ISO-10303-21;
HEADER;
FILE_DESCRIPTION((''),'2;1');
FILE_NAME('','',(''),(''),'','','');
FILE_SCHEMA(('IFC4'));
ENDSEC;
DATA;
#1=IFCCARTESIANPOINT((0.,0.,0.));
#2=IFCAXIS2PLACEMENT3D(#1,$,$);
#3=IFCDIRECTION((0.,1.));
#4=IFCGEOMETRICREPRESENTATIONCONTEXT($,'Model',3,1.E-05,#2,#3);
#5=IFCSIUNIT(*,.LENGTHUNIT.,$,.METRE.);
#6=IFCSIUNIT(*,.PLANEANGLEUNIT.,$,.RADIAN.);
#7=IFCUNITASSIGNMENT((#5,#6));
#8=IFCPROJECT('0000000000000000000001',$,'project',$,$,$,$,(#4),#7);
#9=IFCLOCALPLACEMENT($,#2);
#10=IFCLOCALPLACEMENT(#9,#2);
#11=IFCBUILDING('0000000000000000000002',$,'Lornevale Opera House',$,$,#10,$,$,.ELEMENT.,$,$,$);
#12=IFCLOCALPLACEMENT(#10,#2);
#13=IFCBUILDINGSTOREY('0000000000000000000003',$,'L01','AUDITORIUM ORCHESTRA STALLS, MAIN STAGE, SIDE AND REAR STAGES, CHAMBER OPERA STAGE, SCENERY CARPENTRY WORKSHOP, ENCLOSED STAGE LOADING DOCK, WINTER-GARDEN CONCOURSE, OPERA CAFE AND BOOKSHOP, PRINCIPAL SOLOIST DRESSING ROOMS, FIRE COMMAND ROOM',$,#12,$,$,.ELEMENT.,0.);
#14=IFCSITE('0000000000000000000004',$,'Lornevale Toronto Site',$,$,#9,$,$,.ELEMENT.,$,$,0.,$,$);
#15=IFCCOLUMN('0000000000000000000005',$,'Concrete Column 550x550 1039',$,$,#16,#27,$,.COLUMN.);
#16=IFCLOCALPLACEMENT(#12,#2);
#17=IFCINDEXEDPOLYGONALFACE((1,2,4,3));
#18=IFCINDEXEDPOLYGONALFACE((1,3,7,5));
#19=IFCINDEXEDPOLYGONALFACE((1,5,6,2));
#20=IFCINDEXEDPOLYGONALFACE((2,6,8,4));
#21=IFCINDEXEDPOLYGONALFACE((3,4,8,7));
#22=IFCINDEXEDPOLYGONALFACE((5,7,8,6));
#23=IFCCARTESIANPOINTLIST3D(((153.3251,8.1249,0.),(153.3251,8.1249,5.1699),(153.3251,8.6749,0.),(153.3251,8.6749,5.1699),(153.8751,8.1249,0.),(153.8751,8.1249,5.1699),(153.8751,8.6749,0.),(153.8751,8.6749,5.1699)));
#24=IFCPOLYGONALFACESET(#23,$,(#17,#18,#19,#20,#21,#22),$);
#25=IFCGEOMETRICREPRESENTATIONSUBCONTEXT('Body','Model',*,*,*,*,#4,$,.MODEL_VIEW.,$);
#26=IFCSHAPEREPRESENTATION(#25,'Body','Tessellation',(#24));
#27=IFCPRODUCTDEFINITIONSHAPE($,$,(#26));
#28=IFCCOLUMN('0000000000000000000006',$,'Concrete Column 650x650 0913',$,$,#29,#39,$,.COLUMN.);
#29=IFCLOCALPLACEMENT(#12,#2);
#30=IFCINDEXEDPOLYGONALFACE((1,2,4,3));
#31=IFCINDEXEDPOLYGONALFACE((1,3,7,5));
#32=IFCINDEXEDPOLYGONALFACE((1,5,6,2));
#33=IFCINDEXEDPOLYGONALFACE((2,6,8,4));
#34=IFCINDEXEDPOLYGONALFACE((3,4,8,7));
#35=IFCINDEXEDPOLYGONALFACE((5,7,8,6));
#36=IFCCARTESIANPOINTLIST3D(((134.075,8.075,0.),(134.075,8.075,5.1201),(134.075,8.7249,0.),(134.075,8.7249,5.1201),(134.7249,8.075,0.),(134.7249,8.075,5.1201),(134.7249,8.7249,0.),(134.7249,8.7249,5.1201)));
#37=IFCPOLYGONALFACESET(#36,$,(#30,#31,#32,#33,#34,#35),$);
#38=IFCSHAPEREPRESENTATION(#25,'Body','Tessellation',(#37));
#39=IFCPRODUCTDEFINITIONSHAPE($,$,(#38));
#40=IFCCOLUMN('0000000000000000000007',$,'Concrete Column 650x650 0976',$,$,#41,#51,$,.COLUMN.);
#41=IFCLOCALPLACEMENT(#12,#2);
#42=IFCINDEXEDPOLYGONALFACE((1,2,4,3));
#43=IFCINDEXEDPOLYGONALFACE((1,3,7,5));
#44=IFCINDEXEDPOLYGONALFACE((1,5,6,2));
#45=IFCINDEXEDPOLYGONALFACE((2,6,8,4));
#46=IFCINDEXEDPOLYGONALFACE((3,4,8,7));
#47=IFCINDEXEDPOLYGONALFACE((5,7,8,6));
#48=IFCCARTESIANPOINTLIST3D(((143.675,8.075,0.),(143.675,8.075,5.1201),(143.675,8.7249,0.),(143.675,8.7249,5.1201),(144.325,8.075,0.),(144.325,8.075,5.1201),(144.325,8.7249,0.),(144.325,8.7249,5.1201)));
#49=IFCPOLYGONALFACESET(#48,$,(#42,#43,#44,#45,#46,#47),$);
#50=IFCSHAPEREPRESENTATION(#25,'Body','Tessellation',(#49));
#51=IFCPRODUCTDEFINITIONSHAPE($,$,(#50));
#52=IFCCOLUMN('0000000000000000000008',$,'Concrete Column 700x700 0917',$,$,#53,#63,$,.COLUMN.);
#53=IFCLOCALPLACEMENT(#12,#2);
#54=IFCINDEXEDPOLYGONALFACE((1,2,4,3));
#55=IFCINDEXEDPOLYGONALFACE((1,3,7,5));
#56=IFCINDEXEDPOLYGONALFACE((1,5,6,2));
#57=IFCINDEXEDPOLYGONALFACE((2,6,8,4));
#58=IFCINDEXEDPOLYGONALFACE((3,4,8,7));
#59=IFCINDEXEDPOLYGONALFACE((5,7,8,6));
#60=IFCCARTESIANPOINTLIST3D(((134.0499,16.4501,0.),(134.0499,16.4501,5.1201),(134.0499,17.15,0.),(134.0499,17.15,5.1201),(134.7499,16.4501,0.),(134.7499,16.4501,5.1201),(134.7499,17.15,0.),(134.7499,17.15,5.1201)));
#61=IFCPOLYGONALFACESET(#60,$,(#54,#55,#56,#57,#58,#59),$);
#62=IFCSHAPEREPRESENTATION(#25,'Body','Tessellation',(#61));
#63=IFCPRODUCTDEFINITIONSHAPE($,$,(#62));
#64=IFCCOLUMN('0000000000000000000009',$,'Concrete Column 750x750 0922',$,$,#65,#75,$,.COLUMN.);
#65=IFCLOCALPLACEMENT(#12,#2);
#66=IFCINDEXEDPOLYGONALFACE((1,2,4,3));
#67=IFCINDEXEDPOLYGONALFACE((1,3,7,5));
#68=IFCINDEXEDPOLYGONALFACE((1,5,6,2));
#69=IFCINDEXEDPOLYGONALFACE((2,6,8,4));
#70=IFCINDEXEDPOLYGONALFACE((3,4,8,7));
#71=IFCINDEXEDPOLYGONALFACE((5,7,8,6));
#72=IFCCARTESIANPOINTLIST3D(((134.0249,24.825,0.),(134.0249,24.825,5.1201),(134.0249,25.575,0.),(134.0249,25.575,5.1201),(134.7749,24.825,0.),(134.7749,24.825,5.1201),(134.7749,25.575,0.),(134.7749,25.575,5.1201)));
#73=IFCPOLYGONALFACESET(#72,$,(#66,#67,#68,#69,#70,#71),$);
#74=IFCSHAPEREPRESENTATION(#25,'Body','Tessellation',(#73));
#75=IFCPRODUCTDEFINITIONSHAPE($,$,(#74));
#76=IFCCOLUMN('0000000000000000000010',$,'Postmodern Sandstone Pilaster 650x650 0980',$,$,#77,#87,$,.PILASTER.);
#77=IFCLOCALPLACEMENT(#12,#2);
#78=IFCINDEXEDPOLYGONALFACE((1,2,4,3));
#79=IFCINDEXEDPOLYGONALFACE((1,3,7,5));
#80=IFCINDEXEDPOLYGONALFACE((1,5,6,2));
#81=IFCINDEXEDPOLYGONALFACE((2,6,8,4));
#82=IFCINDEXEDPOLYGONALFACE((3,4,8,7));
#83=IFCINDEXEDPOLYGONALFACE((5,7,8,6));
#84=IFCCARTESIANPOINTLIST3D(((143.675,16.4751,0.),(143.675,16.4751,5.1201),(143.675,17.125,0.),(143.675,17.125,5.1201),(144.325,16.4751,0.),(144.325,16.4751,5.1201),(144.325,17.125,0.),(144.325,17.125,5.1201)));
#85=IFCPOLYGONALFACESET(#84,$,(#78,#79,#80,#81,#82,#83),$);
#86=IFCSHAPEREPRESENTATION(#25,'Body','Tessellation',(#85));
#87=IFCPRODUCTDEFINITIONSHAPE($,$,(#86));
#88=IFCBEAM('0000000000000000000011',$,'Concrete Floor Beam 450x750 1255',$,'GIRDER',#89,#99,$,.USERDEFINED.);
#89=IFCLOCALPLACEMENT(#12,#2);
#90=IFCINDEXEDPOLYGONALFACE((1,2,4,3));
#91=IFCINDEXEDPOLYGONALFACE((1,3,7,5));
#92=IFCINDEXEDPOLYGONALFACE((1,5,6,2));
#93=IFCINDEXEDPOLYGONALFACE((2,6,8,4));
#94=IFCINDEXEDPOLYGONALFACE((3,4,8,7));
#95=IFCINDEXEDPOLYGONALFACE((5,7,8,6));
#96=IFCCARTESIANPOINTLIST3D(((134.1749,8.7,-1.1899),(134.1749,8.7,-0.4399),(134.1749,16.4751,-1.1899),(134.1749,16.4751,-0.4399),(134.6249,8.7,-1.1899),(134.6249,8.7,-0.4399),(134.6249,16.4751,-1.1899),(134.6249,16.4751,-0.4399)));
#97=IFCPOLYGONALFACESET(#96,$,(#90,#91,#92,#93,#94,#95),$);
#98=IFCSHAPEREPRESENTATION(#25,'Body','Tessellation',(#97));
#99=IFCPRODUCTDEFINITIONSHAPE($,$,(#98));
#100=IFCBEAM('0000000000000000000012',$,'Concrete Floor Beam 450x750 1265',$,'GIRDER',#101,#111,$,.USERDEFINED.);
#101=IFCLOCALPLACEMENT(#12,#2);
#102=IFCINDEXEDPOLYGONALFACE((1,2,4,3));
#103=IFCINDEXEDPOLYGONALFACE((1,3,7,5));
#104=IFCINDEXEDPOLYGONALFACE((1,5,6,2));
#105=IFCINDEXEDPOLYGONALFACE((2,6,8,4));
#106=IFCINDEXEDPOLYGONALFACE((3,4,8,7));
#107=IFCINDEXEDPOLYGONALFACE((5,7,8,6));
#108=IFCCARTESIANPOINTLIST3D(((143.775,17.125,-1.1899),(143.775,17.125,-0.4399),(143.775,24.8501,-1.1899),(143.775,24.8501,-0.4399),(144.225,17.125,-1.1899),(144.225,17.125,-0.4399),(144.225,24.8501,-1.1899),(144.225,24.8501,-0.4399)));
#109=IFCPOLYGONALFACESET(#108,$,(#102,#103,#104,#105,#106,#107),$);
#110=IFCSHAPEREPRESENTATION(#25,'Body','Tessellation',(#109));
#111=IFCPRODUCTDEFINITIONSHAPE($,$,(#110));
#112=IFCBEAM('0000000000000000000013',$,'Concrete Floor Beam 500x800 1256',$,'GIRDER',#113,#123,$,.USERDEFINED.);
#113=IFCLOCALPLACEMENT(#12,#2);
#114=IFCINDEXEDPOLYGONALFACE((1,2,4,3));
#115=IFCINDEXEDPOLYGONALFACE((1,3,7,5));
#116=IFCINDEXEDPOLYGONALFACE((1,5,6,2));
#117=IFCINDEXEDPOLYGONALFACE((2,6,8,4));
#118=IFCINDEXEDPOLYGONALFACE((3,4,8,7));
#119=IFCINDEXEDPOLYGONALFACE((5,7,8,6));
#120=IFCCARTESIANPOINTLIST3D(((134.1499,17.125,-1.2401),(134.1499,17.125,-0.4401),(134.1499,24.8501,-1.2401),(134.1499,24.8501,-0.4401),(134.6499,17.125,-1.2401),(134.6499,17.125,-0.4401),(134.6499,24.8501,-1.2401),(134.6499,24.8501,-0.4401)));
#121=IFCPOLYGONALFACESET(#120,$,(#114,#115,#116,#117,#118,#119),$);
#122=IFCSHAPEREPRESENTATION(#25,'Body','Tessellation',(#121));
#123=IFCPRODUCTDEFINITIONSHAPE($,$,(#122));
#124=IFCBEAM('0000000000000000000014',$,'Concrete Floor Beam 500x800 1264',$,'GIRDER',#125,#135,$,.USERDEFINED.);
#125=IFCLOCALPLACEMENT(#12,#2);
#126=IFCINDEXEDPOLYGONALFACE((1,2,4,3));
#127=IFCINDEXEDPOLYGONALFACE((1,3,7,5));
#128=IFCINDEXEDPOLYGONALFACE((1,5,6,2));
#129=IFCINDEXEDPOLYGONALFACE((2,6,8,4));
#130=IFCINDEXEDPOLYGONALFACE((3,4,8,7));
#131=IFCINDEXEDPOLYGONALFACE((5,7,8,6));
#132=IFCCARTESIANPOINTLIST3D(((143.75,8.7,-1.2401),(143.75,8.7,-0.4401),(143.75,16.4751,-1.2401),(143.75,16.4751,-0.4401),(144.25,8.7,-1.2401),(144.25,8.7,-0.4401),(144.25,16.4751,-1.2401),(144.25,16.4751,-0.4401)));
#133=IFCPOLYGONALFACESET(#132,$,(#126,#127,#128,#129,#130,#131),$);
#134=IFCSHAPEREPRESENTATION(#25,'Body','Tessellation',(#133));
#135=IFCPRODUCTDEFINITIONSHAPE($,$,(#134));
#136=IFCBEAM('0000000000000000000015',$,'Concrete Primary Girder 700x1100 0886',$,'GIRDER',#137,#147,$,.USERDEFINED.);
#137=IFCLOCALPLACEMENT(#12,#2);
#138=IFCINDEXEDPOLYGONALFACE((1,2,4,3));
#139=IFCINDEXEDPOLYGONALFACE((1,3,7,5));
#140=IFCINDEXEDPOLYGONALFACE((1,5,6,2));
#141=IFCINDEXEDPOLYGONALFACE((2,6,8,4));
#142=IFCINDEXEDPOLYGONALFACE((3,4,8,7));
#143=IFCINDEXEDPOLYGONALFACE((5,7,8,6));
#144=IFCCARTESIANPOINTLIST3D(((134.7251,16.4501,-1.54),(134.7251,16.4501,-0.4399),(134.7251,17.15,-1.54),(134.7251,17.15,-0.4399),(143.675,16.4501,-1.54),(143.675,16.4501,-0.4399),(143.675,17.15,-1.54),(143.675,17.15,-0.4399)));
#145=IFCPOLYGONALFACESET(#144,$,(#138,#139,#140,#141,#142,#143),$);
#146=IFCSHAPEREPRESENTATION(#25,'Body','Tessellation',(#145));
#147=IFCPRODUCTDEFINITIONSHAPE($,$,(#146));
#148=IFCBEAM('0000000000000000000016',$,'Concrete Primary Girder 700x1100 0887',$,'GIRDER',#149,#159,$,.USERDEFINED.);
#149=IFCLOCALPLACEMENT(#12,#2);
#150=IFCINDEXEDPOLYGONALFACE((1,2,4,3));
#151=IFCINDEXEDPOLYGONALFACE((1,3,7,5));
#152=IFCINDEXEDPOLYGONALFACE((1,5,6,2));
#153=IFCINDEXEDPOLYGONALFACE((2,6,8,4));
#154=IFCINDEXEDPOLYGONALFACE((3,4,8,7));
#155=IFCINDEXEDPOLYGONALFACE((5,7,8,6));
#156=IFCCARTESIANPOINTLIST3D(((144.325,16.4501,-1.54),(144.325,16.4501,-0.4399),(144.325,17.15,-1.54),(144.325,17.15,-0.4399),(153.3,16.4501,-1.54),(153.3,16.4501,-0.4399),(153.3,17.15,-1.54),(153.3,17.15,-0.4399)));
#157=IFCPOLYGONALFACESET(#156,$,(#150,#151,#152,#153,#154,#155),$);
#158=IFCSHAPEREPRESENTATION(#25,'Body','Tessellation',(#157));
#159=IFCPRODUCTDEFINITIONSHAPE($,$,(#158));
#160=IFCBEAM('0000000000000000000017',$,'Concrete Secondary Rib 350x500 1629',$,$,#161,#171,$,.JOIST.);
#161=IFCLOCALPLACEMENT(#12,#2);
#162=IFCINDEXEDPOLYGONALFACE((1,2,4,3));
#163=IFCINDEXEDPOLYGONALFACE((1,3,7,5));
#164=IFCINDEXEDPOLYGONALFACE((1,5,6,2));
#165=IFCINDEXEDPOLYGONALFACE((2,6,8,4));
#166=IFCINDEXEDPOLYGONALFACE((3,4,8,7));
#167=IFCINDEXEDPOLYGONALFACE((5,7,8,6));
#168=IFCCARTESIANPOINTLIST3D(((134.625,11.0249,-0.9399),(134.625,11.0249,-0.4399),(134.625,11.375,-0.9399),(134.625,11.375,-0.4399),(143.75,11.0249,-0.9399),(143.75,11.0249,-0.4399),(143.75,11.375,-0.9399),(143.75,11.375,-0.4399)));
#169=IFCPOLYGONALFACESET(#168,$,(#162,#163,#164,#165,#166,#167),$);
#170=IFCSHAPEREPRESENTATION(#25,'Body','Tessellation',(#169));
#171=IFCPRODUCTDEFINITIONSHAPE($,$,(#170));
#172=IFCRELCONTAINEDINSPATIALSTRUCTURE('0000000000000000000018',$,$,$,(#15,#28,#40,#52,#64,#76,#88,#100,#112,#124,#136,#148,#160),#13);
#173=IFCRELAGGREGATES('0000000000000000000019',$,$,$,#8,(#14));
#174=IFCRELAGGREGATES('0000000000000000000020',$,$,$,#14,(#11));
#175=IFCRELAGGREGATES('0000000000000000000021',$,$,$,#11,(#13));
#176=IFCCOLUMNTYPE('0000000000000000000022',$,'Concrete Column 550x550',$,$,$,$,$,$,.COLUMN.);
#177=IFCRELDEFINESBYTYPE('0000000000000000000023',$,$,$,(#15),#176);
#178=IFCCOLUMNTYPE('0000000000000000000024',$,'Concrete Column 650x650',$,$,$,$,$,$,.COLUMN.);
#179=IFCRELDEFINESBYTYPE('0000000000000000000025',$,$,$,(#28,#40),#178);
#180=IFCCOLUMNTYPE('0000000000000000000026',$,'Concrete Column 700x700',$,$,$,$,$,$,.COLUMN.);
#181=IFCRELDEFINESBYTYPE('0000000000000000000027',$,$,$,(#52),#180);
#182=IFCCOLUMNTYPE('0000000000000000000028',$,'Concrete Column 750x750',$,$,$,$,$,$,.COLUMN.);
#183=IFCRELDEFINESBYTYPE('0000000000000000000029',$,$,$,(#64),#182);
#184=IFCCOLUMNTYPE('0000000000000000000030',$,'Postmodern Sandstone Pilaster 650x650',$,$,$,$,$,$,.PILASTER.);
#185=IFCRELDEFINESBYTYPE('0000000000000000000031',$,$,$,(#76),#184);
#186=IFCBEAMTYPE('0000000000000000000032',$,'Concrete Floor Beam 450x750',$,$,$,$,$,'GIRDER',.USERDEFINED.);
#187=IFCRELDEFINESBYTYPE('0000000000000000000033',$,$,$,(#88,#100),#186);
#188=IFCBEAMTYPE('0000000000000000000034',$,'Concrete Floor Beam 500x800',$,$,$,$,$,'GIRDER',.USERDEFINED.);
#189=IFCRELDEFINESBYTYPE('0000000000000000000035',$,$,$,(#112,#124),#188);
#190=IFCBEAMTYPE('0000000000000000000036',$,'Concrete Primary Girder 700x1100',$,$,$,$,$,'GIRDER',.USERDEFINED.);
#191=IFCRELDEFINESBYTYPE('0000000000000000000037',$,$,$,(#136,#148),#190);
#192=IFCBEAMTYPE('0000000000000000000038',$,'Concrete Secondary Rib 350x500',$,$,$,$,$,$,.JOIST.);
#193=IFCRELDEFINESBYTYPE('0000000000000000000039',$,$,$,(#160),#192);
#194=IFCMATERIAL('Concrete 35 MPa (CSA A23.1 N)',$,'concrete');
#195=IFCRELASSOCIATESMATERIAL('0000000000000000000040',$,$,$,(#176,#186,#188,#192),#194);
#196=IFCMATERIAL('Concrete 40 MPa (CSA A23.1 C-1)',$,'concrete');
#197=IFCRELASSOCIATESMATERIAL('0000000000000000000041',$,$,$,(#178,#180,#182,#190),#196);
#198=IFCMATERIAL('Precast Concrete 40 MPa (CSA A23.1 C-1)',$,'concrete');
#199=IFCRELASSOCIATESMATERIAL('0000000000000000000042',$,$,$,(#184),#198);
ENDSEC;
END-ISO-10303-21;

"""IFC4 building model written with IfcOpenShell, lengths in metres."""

from ifc_helpers import new_model, si_unit, direction, frame, origin, origin_2d, place, context, subcontext, project, spatial, rectangle, extrude, material, material_profile, profile_set, type_object, element, save


model = new_model("IFC4")

# Units and contexts
model_context = context("Model", 3, precision=1e-05, world=origin(), true_north=direction((0.0, 1.0)))
body_context = subcontext(model_context, "Body", "Model", "MODEL_VIEW")
ifc_project = project(units=[si_unit("LENGTHUNIT", "METRE"), si_unit("PLANEANGLEUNIT", "RADIAN")], contexts=[model_context])

# Site, building, storey
site_placement = place(None, origin())
site = spatial("IfcSite", under=ifc_project, at=site_placement, Name="Lornevale Toronto Site", CompositionType="ELEMENT", RefElevation=0.0)
building_placement = place(site_placement, origin())
building = spatial("IfcBuilding", under=site, at=building_placement, Name="Lornevale Opera House", CompositionType="ELEMENT")
storey_placement = place(building_placement, origin())
storey = spatial("IfcBuildingStorey", under=building, at=storey_placement, Name="L01", Description="AUDITORIUM ORCHESTRA STALLS, MAIN STAGE, SIDE AND REAR STAGES, CHAMBER OPERA STAGE, SCENERY CARPENTRY WORKSHOP, ENCLOSED STAGE LOADING DOCK, WINTER-GARDEN CONCOURSE, OPERA CAFE AND BOOKSHOP, PRINCIPAL SOLOIST DRESSING ROOMS, FIRE COMMAND ROOM", CompositionType="ELEMENT", Elevation=0.0)

# Columns
ifc_material_1 = material(Name="Concrete 35 MPa (CSA A23.1 N)", Category="concrete")
ifc_material_profile_1 = material_profile(ifc_material_1, rectangle(XDim=0.55, YDim=0.55, at=origin_2d()), Name="RC550x550")
ifc_profile_set_1 = profile_set([ifc_material_profile_1], Name="Concrete 35 MPa (CSA A23.1 N)")
column_type_1 = type_object("IfcColumnType", Name="Concrete Column 550x550", PredefinedType="COLUMN", material=ifc_profile_set_1)
column_1_placement = place(storey_placement, frame((153.6001, 8.3999, 0.0), z_axis=(0.0, 0.0, 1.0), x_axis=(1.0, 0.0, 0.0)))
element("IfcColumn", 1, at=column_1_placement, inside=storey, type_object=column_type_1, Name="Concrete Column 550x550 1039", PredefinedType="COLUMN", context=body_context, shape_type="SweptSolid", body=[
    extrude(rectangle(XDim=0.55, YDim=0.55, at=origin_2d()), origin(), (0.0, 0.0, 1.0), 5.1699),
])
ifc_material_2 = material(Name="Concrete 40 MPa (CSA A23.1 C-1)", Category="concrete")
ifc_material_profile_2 = material_profile(ifc_material_2, rectangle(XDim=0.6499, YDim=0.6499, at=origin_2d()), Name="RC650x650")
ifc_profile_set_2 = profile_set([ifc_material_profile_2], Name="Concrete 40 MPa (CSA A23.1 C-1)")
column_type_2 = type_object("IfcColumnType", Name="Concrete Column 650x650", PredefinedType="COLUMN", material=ifc_profile_set_2)
for number, where, z_axis, x_axis, name in (
    (2, (134.3999, 8.3999, 0.0), (0.0, 0.0, 1.0), (1.0, 0.0, 0.0), "Concrete Column 650x650 0913"),
    (3, (144.0, 8.3999, 0.0), (0.0, 0.0, 1.0), (1.0, 0.0, 0.0), "Concrete Column 650x650 0976"),
):
    element("IfcColumn", number, at=place(storey_placement, frame(where, z_axis=z_axis, x_axis=x_axis)), inside=storey, type_object=column_type_2, Name=name, PredefinedType="COLUMN", context=body_context, shape_type="SweptSolid", body=[
        extrude(rectangle(XDim=0.6499, YDim=0.6499, at=origin_2d()), origin(), (0.0, 0.0, 1.0), 5.1201),
    ])
ifc_material_profile_3 = material_profile(ifc_material_2, rectangle(XDim=0.7, YDim=0.7, at=origin_2d()), Name="RC700x700")
ifc_profile_set_3 = profile_set([ifc_material_profile_3], Name="Concrete 40 MPa (CSA A23.1 C-1)")
column_type_3 = type_object("IfcColumnType", Name="Concrete Column 700x700", PredefinedType="COLUMN", material=ifc_profile_set_3)
column_2_placement = place(storey_placement, frame((134.3999, 16.8, 0.0), z_axis=(0.0, 0.0, 1.0), x_axis=(1.0, 0.0, 0.0)))
element("IfcColumn", 4, at=column_2_placement, inside=storey, type_object=column_type_3, Name="Concrete Column 700x700 0917", PredefinedType="COLUMN", context=body_context, shape_type="SweptSolid", body=[
    extrude(rectangle(XDim=0.7, YDim=0.7, at=origin_2d()), origin(), (0.0, 0.0, 1.0), 5.1201),
])
ifc_material_profile_4 = material_profile(ifc_material_2, rectangle(XDim=0.75, YDim=0.75, at=origin_2d()), Name="RC750x750")
ifc_profile_set_4 = profile_set([ifc_material_profile_4], Name="Concrete 40 MPa (CSA A23.1 C-1)")
column_type_4 = type_object("IfcColumnType", Name="Concrete Column 750x750", PredefinedType="COLUMN", material=ifc_profile_set_4)
column_3_placement = place(storey_placement, frame((134.3999, 25.2, 0.0), z_axis=(0.0, 0.0, 1.0), x_axis=(1.0, 0.0, 0.0)))
element("IfcColumn", 5, at=column_3_placement, inside=storey, type_object=column_type_4, Name="Concrete Column 750x750 0922", PredefinedType="COLUMN", context=body_context, shape_type="SweptSolid", body=[
    extrude(rectangle(XDim=0.75, YDim=0.75, at=origin_2d()), origin(), (0.0, 0.0, 1.0), 5.1201),
])
ifc_material_3 = material(Name="Precast Concrete 40 MPa (CSA A23.1 C-1)", Category="concrete")
ifc_material_profile_5 = material_profile(ifc_material_3, rectangle(XDim=0.6499, YDim=0.6499, at=origin_2d()), Name="RC650x650")
ifc_profile_set_5 = profile_set([ifc_material_profile_5], Name="Precast Concrete 40 MPa (CSA A23.1 C-1)")
column_type_5 = type_object("IfcColumnType", Name="Postmodern Sandstone Pilaster 650x650", PredefinedType="PILASTER", material=ifc_profile_set_5)
column_4_placement = place(storey_placement, frame((144.0, 16.8, 0.0), z_axis=(0.0, 0.0, 1.0), x_axis=(1.0, 0.0, 0.0)))
element("IfcColumn", 6, at=column_4_placement, inside=storey, type_object=column_type_5, Name="Postmodern Sandstone Pilaster 650x650 0980", PredefinedType="PILASTER", context=body_context, shape_type="SweptSolid", body=[
    extrude(rectangle(XDim=0.6499, YDim=0.6499, at=origin_2d()), origin(), (0.0, 0.0, 1.0), 5.1201),
])

# Beams
ifc_material_profile_6 = material_profile(ifc_material_1, rectangle(XDim=0.45, YDim=0.75, at=origin_2d()), Name="RC450x750")
ifc_profile_set_6 = profile_set([ifc_material_profile_6], Name="Concrete 35 MPa (CSA A23.1 N)")
beam_type_1 = type_object("IfcBeamType", Name="Concrete Floor Beam 450x750", ElementType="GIRDER", PredefinedType="USERDEFINED", material=ifc_profile_set_6)
beam_1_placement = place(storey_placement, frame((134.3999, 8.7, -0.8149), z_axis=(0.0, 1.0, 0.0), x_axis=(-1.0, 0.0, 0.0)))
element("IfcBeam", 7, at=beam_1_placement, inside=storey, type_object=beam_type_1, Name="Concrete Floor Beam 450x750 1255", ObjectType="GIRDER", PredefinedType="USERDEFINED", context=body_context, shape_type="SweptSolid", body=[
    extrude(rectangle(XDim=0.45, YDim=0.75, at=origin_2d()), origin(), (0.0, 0.0, 1.0), 7.7751),
])
beam_2_placement = place(storey_placement, frame((144.0, 17.125, -0.8149), z_axis=(0.0, 1.0, 0.0), x_axis=(-1.0, 0.0, 0.0)))
element("IfcBeam", 8, at=beam_2_placement, inside=storey, type_object=beam_type_1, Name="Concrete Floor Beam 450x750 1265", ObjectType="GIRDER", PredefinedType="USERDEFINED", context=body_context, shape_type="SweptSolid", body=[
    extrude(rectangle(XDim=0.45, YDim=0.75, at=origin_2d()), origin(), (0.0, 0.0, 1.0), 7.7251),
])
ifc_material_profile_7 = material_profile(ifc_material_1, rectangle(XDim=0.5, YDim=0.8, at=origin_2d()), Name="RC500x800")
ifc_profile_set_7 = profile_set([ifc_material_profile_7], Name="Concrete 35 MPa (CSA A23.1 N)")
beam_type_2 = type_object("IfcBeamType", Name="Concrete Floor Beam 500x800", ElementType="GIRDER", PredefinedType="USERDEFINED", material=ifc_profile_set_7)
beam_3_placement = place(storey_placement, frame((134.3999, 17.125, -0.8401), z_axis=(0.0, 1.0, 0.0), x_axis=(-1.0, 0.0, 0.0)))
element("IfcBeam", 9, at=beam_3_placement, inside=storey, type_object=beam_type_2, Name="Concrete Floor Beam 500x800 1256", ObjectType="GIRDER", PredefinedType="USERDEFINED", context=body_context, shape_type="SweptSolid", body=[
    extrude(rectangle(XDim=0.5, YDim=0.8, at=origin_2d()), origin(), (0.0, 0.0, 1.0), 7.7251),
])
beam_4_placement = place(storey_placement, frame((144.0, 8.7, -0.8401), z_axis=(0.0, 1.0, 0.0), x_axis=(-1.0, 0.0, 0.0)))
element("IfcBeam", 10, at=beam_4_placement, inside=storey, type_object=beam_type_2, Name="Concrete Floor Beam 500x800 1264", ObjectType="GIRDER", PredefinedType="USERDEFINED", context=body_context, shape_type="SweptSolid", body=[
    extrude(rectangle(XDim=0.5, YDim=0.8, at=origin_2d()), origin(), (0.0, 0.0, 1.0), 7.7751),
])
ifc_material_profile_8 = material_profile(ifc_material_2, rectangle(XDim=0.7, YDim=1.1001, at=origin_2d()), Name="RC700x1100")
ifc_profile_set_8 = profile_set([ifc_material_profile_8], Name="Concrete 40 MPa (CSA A23.1 C-1)")
beam_type_3 = type_object("IfcBeamType", Name="Concrete Primary Girder 700x1100", ElementType="GIRDER", PredefinedType="USERDEFINED", material=ifc_profile_set_8)
beam_5_placement = place(storey_placement, frame((134.7251, 16.8, -0.99), z_axis=(1.0, 0.0, 0.0), x_axis=(0.0, 1.0, 0.0)))
element("IfcBeam", 11, at=beam_5_placement, inside=storey, type_object=beam_type_3, Name="Concrete Primary Girder 700x1100 0886", ObjectType="GIRDER", PredefinedType="USERDEFINED", context=body_context, shape_type="SweptSolid", body=[
    extrude(rectangle(XDim=0.7, YDim=1.1001, at=origin_2d()), origin(), (0.0, 0.0, 1.0), 8.95),
])
beam_6_placement = place(storey_placement, frame((144.325, 16.8, -0.99), z_axis=(1.0, 0.0, 0.0), x_axis=(0.0, 1.0, 0.0)))
element("IfcBeam", 12, at=beam_6_placement, inside=storey, type_object=beam_type_3, Name="Concrete Primary Girder 700x1100 0887", ObjectType="GIRDER", PredefinedType="USERDEFINED", context=body_context, shape_type="SweptSolid", body=[
    extrude(rectangle(XDim=0.7, YDim=1.1001, at=origin_2d()), origin(), (0.0, 0.0, 1.0), 8.9751),
])
ifc_material_profile_9 = material_profile(ifc_material_1, rectangle(XDim=0.3501, YDim=0.5, at=origin_2d()), Name="RC350x500")
ifc_profile_set_9 = profile_set([ifc_material_profile_9], Name="Concrete 35 MPa (CSA A23.1 N)")
beam_type_4 = type_object("IfcBeamType", Name="Concrete Secondary Rib 350x500", PredefinedType="JOIST", material=ifc_profile_set_9)
for number, where, z_axis, x_axis, name in (
    (13, (134.625, 11.2, -0.6899), (1.0, 0.0, 0.0), (0.0, 1.0, 0.0), "Concrete Secondary Rib 350x500 1629"),
):
    element("IfcBeam", number, at=place(storey_placement, frame(where, z_axis=z_axis, x_axis=x_axis)), inside=storey, type_object=beam_type_4, Name=name, PredefinedType="JOIST", context=body_context, shape_type="SweptSolid", body=[
        extrude(rectangle(XDim=0.3501, YDim=0.5, at=origin_2d()), origin(), (0.0, 0.0, 1.0), 9.125),
    ])

save(model, "model.ifc")
